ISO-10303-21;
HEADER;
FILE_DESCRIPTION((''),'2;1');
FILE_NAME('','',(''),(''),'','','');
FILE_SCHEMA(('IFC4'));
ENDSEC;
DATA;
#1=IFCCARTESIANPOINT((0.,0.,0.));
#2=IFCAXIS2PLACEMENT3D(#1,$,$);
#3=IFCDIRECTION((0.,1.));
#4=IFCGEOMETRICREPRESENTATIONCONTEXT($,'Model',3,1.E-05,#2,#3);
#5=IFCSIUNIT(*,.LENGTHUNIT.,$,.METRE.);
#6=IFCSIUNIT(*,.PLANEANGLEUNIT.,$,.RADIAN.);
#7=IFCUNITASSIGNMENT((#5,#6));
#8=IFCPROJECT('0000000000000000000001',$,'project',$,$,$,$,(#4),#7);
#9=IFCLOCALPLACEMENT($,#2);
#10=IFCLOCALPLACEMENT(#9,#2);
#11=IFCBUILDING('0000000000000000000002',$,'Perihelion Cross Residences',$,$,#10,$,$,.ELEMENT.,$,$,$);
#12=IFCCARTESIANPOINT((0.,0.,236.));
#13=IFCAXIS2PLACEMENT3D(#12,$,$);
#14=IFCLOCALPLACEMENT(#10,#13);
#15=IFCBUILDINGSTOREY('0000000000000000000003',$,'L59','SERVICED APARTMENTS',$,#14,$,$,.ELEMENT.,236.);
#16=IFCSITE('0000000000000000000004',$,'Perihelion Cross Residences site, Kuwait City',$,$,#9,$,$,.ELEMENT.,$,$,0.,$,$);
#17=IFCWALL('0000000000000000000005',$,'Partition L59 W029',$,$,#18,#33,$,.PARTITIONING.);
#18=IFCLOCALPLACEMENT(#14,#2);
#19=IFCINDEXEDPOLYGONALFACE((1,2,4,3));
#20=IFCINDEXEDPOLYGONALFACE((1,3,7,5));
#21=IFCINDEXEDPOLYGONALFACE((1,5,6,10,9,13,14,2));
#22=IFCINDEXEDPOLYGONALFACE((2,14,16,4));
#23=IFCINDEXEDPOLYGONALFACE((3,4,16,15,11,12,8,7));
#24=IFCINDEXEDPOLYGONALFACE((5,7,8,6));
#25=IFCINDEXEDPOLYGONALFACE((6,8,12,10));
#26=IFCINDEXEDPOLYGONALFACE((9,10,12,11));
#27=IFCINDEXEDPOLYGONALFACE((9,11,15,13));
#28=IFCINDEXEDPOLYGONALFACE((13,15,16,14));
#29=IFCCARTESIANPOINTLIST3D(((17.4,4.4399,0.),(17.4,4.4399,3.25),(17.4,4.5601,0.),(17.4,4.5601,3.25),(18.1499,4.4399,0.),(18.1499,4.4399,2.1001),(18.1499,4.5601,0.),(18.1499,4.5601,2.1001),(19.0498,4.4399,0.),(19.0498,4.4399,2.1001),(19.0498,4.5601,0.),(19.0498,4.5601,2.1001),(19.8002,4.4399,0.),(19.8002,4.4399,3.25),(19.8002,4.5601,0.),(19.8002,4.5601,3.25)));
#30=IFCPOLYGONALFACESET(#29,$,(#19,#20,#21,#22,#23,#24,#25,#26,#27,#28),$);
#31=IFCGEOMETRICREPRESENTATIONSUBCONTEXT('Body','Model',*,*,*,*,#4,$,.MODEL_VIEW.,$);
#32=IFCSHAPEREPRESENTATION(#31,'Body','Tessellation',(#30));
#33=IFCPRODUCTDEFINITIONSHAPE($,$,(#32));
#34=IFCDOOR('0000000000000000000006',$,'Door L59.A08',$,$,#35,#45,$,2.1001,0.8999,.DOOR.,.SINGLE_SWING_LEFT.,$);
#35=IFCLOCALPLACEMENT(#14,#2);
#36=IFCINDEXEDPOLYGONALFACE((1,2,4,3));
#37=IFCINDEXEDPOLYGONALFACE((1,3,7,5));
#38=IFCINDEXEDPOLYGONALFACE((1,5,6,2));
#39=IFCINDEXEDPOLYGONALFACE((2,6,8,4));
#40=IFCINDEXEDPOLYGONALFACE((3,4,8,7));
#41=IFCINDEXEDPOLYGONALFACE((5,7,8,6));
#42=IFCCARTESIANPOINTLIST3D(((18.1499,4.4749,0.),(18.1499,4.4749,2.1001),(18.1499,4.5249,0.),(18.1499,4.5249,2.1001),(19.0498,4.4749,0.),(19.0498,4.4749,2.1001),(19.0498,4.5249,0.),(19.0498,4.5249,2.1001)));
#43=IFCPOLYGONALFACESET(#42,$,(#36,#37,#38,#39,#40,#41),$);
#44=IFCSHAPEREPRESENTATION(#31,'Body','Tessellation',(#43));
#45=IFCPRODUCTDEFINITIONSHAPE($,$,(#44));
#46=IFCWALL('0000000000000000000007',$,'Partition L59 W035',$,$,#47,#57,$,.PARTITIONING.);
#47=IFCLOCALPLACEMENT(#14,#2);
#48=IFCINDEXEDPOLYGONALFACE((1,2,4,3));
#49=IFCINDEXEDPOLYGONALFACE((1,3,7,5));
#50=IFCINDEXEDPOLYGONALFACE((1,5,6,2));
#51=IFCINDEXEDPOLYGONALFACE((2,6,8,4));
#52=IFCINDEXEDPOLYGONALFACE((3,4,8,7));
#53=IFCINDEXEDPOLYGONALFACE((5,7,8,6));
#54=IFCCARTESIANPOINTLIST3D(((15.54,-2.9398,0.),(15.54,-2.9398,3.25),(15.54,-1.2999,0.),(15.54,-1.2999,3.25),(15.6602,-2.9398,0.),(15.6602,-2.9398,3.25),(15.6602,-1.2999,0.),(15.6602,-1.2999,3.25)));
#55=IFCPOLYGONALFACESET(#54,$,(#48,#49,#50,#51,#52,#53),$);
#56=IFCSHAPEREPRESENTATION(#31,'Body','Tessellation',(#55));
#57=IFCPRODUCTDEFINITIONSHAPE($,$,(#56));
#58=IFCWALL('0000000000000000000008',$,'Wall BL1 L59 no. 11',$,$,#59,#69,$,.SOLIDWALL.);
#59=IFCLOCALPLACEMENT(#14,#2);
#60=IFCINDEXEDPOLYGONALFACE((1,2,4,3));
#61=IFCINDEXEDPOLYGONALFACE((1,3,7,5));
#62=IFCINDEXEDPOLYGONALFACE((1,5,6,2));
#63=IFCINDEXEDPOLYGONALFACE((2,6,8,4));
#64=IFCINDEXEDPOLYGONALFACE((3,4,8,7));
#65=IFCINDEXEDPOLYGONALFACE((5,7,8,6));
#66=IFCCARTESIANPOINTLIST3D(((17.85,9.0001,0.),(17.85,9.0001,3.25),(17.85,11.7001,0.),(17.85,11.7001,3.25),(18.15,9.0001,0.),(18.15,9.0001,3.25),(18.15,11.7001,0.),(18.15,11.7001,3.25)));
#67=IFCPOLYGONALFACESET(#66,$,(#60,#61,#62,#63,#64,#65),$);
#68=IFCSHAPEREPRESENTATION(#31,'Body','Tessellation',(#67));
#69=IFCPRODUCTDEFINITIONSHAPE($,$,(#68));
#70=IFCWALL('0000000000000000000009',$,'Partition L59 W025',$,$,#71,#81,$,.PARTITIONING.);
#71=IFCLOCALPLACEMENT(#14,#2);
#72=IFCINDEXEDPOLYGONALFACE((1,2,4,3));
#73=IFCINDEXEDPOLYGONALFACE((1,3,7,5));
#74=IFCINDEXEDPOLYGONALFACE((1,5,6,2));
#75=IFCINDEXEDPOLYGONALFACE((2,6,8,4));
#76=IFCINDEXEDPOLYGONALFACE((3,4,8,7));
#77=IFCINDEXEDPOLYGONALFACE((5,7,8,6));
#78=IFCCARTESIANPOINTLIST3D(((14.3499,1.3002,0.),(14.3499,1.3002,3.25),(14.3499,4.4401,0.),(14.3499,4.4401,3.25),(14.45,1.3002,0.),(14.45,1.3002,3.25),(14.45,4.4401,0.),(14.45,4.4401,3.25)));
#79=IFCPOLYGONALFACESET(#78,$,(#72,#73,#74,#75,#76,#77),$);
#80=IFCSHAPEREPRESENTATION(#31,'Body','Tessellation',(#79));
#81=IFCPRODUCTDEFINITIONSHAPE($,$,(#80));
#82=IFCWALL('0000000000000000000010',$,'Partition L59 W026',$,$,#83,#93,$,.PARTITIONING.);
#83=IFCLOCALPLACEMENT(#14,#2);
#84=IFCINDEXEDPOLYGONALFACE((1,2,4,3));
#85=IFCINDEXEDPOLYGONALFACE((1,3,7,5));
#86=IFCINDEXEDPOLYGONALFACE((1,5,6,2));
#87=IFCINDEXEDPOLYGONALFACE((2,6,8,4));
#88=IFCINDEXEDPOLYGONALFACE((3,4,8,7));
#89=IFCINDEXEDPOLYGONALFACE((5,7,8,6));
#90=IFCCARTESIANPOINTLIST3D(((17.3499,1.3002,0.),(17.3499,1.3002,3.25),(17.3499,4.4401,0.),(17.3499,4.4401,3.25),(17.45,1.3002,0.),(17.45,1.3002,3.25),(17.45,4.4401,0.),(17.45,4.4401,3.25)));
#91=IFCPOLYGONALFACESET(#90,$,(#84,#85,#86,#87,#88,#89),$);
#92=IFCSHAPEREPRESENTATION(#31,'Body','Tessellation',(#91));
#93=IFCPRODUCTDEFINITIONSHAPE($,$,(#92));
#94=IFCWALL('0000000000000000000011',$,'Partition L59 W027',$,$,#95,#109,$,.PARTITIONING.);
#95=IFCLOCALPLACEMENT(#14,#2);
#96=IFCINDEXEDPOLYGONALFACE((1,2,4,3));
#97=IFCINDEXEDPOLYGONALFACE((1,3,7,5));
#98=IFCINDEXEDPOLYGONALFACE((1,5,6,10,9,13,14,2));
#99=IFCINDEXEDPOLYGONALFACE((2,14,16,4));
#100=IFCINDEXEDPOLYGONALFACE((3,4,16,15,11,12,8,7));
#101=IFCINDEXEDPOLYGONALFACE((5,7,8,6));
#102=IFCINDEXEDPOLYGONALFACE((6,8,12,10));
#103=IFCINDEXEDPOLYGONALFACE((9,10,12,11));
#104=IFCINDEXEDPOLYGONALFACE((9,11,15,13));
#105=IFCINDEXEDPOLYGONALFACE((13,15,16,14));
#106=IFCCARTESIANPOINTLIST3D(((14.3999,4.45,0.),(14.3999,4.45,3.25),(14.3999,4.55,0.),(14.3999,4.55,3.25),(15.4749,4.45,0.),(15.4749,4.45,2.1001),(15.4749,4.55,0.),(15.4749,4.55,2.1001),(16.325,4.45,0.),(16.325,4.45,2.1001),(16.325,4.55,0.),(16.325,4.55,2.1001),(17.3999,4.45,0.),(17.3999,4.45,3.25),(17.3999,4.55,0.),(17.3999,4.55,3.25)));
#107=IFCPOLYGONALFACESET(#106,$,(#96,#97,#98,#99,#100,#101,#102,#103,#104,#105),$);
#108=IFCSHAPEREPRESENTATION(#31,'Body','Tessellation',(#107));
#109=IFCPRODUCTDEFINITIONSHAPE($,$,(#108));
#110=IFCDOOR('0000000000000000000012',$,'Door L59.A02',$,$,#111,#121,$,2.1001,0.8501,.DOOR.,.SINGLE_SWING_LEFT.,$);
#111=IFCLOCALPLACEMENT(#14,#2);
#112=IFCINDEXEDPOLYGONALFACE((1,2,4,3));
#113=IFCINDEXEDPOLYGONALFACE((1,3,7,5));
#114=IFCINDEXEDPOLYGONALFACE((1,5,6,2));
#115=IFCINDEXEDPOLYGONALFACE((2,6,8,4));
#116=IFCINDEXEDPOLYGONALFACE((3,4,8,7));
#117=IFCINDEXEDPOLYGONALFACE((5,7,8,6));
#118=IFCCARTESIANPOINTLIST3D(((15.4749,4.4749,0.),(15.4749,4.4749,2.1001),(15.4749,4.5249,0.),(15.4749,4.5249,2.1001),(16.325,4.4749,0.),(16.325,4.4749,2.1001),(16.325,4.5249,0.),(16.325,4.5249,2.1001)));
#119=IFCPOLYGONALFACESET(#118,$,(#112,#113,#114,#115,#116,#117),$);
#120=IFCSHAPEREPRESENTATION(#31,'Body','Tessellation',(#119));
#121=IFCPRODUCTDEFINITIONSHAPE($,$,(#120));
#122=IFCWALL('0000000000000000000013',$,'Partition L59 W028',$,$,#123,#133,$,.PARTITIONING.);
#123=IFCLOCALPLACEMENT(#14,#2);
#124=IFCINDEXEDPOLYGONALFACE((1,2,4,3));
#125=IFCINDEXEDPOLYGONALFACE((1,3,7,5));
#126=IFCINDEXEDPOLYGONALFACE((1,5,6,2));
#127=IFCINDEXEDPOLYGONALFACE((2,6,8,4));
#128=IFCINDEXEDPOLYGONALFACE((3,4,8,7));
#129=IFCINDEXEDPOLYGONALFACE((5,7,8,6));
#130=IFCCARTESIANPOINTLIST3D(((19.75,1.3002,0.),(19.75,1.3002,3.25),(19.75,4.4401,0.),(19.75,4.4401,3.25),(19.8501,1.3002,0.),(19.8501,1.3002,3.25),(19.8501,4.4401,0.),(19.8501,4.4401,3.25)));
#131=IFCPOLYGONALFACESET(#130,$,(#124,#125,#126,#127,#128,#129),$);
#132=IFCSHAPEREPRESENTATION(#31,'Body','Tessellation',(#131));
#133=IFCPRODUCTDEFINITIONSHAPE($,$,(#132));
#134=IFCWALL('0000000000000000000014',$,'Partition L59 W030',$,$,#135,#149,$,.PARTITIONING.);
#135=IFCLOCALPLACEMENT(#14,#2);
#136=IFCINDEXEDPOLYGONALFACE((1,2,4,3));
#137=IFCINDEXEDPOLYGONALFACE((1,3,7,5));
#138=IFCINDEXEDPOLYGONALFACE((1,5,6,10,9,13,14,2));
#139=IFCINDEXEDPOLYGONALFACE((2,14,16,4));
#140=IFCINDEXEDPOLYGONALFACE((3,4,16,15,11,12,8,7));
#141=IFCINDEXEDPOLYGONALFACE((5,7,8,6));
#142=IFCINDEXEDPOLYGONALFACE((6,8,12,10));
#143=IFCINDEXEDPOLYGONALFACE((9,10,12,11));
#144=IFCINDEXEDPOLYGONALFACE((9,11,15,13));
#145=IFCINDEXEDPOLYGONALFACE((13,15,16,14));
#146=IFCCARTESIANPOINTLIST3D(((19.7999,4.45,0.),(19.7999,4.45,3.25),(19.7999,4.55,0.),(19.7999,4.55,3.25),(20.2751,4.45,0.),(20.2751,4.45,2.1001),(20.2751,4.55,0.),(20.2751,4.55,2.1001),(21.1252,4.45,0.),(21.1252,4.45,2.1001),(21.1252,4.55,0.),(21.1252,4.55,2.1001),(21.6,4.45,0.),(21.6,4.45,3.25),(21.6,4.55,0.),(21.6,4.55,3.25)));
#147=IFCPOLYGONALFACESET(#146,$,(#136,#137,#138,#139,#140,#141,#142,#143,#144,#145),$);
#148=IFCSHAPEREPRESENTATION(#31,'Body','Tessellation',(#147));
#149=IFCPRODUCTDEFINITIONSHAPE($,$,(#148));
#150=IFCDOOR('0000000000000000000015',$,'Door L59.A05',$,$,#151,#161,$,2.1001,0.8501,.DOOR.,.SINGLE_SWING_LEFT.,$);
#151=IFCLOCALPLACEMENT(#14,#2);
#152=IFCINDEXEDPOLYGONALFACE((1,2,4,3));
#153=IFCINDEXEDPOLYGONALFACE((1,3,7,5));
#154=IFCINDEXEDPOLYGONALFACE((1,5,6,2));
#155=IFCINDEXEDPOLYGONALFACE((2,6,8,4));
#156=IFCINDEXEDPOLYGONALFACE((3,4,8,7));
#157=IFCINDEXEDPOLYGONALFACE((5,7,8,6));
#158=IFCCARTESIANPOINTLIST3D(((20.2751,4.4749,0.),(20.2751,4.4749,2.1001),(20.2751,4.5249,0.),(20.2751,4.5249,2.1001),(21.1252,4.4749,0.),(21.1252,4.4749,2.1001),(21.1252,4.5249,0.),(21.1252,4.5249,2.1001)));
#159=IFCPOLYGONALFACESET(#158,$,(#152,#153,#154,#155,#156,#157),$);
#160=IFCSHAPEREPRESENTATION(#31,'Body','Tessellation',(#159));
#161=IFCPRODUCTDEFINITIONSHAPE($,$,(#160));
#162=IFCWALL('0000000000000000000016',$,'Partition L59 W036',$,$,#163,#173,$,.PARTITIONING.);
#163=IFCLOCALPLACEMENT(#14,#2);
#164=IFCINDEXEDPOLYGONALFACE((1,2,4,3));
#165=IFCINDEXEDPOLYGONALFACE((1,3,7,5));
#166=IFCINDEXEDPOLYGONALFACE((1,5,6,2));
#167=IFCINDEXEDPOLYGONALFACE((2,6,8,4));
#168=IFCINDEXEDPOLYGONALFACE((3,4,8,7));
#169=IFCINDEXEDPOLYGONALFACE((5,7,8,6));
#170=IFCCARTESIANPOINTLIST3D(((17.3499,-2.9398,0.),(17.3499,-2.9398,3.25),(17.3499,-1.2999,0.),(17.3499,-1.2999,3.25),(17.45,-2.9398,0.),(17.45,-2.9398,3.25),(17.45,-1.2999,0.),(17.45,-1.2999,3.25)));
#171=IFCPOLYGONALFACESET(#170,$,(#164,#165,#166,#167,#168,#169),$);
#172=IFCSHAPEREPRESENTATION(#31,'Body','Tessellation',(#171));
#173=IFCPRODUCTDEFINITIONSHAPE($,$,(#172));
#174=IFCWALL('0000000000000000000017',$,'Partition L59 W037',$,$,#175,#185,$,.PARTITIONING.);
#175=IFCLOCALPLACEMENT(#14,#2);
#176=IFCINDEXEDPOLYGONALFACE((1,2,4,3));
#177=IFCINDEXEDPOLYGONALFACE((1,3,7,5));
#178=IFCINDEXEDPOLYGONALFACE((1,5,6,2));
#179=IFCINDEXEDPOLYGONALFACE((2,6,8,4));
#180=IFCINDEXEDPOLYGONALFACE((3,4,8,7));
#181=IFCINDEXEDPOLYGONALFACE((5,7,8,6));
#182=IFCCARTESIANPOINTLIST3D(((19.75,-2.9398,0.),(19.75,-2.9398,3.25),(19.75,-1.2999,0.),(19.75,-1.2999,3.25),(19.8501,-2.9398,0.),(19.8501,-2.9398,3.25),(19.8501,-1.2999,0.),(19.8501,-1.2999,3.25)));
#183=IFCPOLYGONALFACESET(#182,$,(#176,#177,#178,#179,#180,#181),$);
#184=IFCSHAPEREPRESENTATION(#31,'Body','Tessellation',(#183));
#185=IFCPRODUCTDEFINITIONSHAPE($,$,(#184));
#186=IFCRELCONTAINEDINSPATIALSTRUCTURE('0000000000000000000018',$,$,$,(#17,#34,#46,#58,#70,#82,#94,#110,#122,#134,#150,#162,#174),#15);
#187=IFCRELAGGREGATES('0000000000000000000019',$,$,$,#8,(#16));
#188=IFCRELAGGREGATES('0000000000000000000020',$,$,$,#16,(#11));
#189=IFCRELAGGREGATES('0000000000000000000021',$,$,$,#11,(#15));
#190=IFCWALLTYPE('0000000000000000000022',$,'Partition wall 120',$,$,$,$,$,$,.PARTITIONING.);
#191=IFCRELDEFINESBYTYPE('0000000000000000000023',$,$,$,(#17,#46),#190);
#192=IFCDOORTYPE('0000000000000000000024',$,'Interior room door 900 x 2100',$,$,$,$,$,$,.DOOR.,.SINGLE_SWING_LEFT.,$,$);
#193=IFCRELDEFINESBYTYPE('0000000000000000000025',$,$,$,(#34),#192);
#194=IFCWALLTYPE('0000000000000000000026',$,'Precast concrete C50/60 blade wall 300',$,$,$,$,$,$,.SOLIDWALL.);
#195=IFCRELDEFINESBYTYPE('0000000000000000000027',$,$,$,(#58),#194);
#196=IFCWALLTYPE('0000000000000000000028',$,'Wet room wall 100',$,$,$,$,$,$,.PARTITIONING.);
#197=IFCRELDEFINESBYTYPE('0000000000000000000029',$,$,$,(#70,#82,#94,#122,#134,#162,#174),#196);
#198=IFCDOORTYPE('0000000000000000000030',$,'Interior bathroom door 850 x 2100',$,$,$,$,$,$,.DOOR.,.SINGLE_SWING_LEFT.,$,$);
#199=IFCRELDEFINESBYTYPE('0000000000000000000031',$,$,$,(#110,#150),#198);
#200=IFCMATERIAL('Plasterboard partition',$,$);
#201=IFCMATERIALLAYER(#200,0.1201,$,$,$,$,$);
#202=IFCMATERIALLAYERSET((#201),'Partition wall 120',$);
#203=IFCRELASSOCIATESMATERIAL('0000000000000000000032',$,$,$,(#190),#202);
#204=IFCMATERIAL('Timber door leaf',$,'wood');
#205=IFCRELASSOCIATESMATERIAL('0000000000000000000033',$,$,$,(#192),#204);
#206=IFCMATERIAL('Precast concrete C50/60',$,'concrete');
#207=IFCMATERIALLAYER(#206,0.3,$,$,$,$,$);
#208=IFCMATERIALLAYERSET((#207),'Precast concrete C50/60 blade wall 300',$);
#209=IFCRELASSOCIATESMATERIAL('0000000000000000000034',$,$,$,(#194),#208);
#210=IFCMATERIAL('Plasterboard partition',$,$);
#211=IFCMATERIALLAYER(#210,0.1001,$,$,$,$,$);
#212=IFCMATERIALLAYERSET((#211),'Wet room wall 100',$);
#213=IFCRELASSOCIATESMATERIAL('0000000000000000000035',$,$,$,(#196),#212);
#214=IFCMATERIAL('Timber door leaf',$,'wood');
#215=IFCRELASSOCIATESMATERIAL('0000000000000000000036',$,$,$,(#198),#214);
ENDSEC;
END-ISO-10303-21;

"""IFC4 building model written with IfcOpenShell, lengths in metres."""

from ifc_helpers import new_model, si_unit, direction, frame, frame_2d, origin, place, context, subcontext, project, spatial, rectangle, extrude, material, layer, layer_set, type_object, element, fill, save


model = new_model("IFC4")

# Units and contexts
model_context = context("Model", 3, precision=1e-05, world=origin(), true_north=direction((0.0, 1.0)))
body_context = subcontext(model_context, "Body", "Model", "MODEL_VIEW")
ifc_project = project(units=[si_unit("LENGTHUNIT", "METRE"), si_unit("PLANEANGLEUNIT", "RADIAN")], contexts=[model_context])

# Site, building, storey
site_placement = place(None, origin())
site = spatial("IfcSite", under=ifc_project, at=site_placement, Name="Perihelion Cross Residences site, Kuwait City", CompositionType="ELEMENT", RefElevation=0.0)
building_placement = place(site_placement, origin())
building = spatial("IfcBuilding", under=site, at=building_placement, Name="Perihelion Cross Residences", CompositionType="ELEMENT")
storey_placement = place(building_placement, frame((0.0, 0.0, 236.0)))
storey = spatial("IfcBuildingStorey", under=building, at=storey_placement, Name="L59", Description="SERVICED APARTMENTS", CompositionType="ELEMENT", Elevation=236.0)

# Wall, opening, door
ifc_material_1 = material(Name="Plasterboard partition")
ifc_layer_1 = layer(ifc_material_1, 0.1201)
ifc_layer_set_1 = layer_set([ifc_layer_1], Name="Partition wall 120")
wall_type_1 = type_object("IfcWallType", Name="Partition wall 120", PredefinedType="PARTITIONING", material=ifc_layer_set_1)
wall_1_placement = place(storey_placement, frame((17.3999, 4.5, 0.0), z_axis=(0.0, 0.0, 1.0), x_axis=(1.0, 0.0, 0.0)))
wall_1 = element("IfcWall", 1, at=wall_1_placement, inside=storey, type_object=wall_type_1, Name="Partition L59 W029", PredefinedType="PARTITIONING", context=body_context, shape_type="SweptSolid", body=[
    extrude(rectangle(XDim=2.4001, YDim=0.1201, at=frame_2d((1.2002, 0.0))), origin(), (0.0, 0.0, 1.0), 3.25),
])
opening_1_placement = place(wall_1_placement, frame((0.75, 0.0, 0.0)))
opening_1 = element("IfcOpeningElement", 2, at=opening_1_placement, cuts=wall_1, PredefinedType="OPENING", context=body_context, shape_type="SweptSolid", body=[
    extrude(rectangle(XDim=0.8999, YDim=2.1001, at=frame_2d((0.45, 1.05))), frame((0.0, 0.0701, 0.0), z_axis=(0.0, -1.0, 0.0), x_axis=(1.0, 0.0, 0.0)), (0.0, 0.0, 1.0), 0.1401),
])
ifc_material_2 = material(Name="Timber door leaf", Category="wood")
door_type_1 = type_object("IfcDoorType", Name="Interior room door 900 x 2100", OperationType="SINGLE_SWING_LEFT", PredefinedType="DOOR", material=ifc_material_2)
door_1_placement = place(opening_1_placement, origin())
door_1 = element("IfcDoor", 3, at=door_1_placement, inside=storey, type_object=door_type_1, Name="Door L59.A08", OperationType="SINGLE_SWING_LEFT", OverallHeight=2.1001, OverallWidth=0.8999, PredefinedType="DOOR", context=body_context, shape_type="SweptSolid", body=[
    extrude(rectangle(XDim=0.8999, YDim=2.1001, at=frame_2d((0.45, 1.05))), frame((0.0, 0.0249, 0.0), z_axis=(0.0, -1.0, 0.0), x_axis=(1.0, 0.0, 0.0)), (0.0, 0.0, 1.0), 0.05),
])
fill(opening_1, door_1)

# Walls
wall_2_placement = place(storey_placement, frame((15.6001, -1.3, 0.0), z_axis=(0.0, 0.0, 1.0), x_axis=(0.0, -1.0, 0.0)))
element("IfcWall", 4, at=wall_2_placement, inside=storey, type_object=wall_type_1, Name="Partition L59 W035", PredefinedType="PARTITIONING", context=body_context, shape_type="SweptSolid", body=[
    extrude(rectangle(XDim=1.6399, YDim=0.1201, at=frame_2d((0.8198, 0.0))), origin(), (0.0, 0.0, 1.0), 3.25),
])
ifc_material_3 = material(Name="Precast concrete C50/60", Category="concrete")
ifc_layer_2 = layer(ifc_material_3, 0.3)
ifc_layer_set_2 = layer_set([ifc_layer_2], Name="Precast concrete C50/60 blade wall 300")
wall_type_2 = type_object("IfcWallType", Name="Precast concrete C50/60 blade wall 300", PredefinedType="SOLIDWALL", material=ifc_layer_set_2)
wall_3_placement = place(storey_placement, frame((18.0, 9.0, 0.0), z_axis=(0.0, 0.0, 1.0), x_axis=(0.0, 1.0, 0.0)))
element("IfcWall", 5, at=wall_3_placement, inside=storey, type_object=wall_type_2, Name="Wall BL1 L59 no. 11", PredefinedType="SOLIDWALL", context=body_context, shape_type="SweptSolid", body=[
    extrude(rectangle(XDim=2.7, YDim=0.3, at=frame_2d((1.3501, 0.0))), origin(), (0.0, 0.0, 1.0), 3.25),
])
ifc_material_4 = material(Name="Plasterboard partition")
ifc_layer_3 = layer(ifc_material_4, 0.1001)
ifc_layer_set_3 = layer_set([ifc_layer_3], Name="Wet room wall 100")
wall_type_3 = type_object("IfcWallType", Name="Wet room wall 100", PredefinedType="PARTITIONING", material=ifc_layer_set_3)
for number, where, z_axis, x_axis, name in (
    (6, (14.3999, 4.4399, 0.0), (0.0, 0.0, 1.0), (0.0, -1.0, 0.0), "Partition L59 W025"),
    (7, (17.3999, 4.4399, 0.0), (0.0, 0.0, 1.0), (0.0, -1.0, 0.0), "Partition L59 W026"),
):
    element("IfcWall", number, at=place(storey_placement, frame(where, z_axis=z_axis, x_axis=x_axis)), inside=storey, type_object=wall_type_3, Name=name, PredefinedType="PARTITIONING", context=body_context, shape_type="SweptSolid", body=[
        extrude(rectangle(XDim=3.1399, YDim=0.1001, at=frame_2d((1.5698, 0.0))), origin(), (0.0, 0.0, 1.0), 3.25),
    ])

# Wall, opening, door
wall_4_placement = place(storey_placement, frame((14.3999, 4.5, 0.0), z_axis=(0.0, 0.0, 1.0), x_axis=(1.0, 0.0, 0.0)))
wall_4 = element("IfcWall", 8, at=wall_4_placement, inside=storey, type_object=wall_type_3, Name="Partition L59 W027", PredefinedType="PARTITIONING", context=body_context, shape_type="SweptSolid", body=[
    extrude(rectangle(XDim=3.0, YDim=0.1001, at=frame_2d((1.5, 0.0))), origin(), (0.0, 0.0, 1.0), 3.25),
])
opening_2_placement = place(wall_4_placement, frame((1.075, 0.0, 0.0)))
opening_2 = element("IfcOpeningElement", 9, at=opening_2_placement, cuts=wall_4, PredefinedType="OPENING", context=body_context, shape_type="SweptSolid", body=[
    extrude(rectangle(XDim=0.8501, YDim=2.1001, at=frame_2d((0.425, 1.05))), frame((0.0, 0.0601, 0.0), z_axis=(0.0, -1.0, 0.0), x_axis=(1.0, 0.0, 0.0)), (0.0, 0.0, 1.0), 0.1201),
])
ifc_material_5 = material(Name="Timber door leaf", Category="wood")
door_type_2 = type_object("IfcDoorType", Name="Interior bathroom door 850 x 2100", OperationType="SINGLE_SWING_LEFT", PredefinedType="DOOR", material=ifc_material_5)
door_2_placement = place(opening_2_placement, origin())
door_2 = element("IfcDoor", 10, at=door_2_placement, inside=storey, type_object=door_type_2, Name="Door L59.A02", OperationType="SINGLE_SWING_LEFT", OverallHeight=2.1001, OverallWidth=0.8501, PredefinedType="DOOR", context=body_context, shape_type="SweptSolid", body=[
    extrude(rectangle(XDim=0.8501, YDim=2.1001, at=frame_2d((0.425, 1.05))), frame((0.0, 0.0249, 0.0), z_axis=(0.0, -1.0, 0.0), x_axis=(1.0, 0.0, 0.0)), (0.0, 0.0, 1.0), 0.05),
])
fill(opening_2, door_2)

# Wall
wall_5_placement = place(storey_placement, frame((19.8, 4.4399, 0.0), z_axis=(0.0, 0.0, 1.0), x_axis=(0.0, -1.0, 0.0)))
element("IfcWall", 11, at=wall_5_placement, inside=storey, type_object=wall_type_3, Name="Partition L59 W028", PredefinedType="PARTITIONING", context=body_context, shape_type="SweptSolid", body=[
    extrude(rectangle(XDim=3.1399, YDim=0.1001, at=frame_2d((1.5698, 0.0))), origin(), (0.0, 0.0, 1.0), 3.25),
])

# Wall, opening, door
wall_6_placement = place(storey_placement, frame((19.8, 4.5, 0.0), z_axis=(0.0, 0.0, 1.0), x_axis=(1.0, 0.0, 0.0)))
wall_6 = element("IfcWall", 12, at=wall_6_placement, inside=storey, type_object=wall_type_3, Name="Partition L59 W030", PredefinedType="PARTITIONING", context=body_context, shape_type="SweptSolid", body=[
    extrude(rectangle(XDim=1.8, YDim=0.1001, at=frame_2d((0.8999, 0.0))), origin(), (0.0, 0.0, 1.0), 3.25),
])
opening_3_placement = place(wall_6_placement, frame((0.4751, 0.0, 0.0)))
opening_3 = element("IfcOpeningElement", 13, at=opening_3_placement, cuts=wall_6, PredefinedType="OPENING", context=body_context, shape_type="SweptSolid", body=[
    extrude(rectangle(XDim=0.8501, YDim=2.1001, at=frame_2d((0.425, 1.05))), frame((0.0, 0.0601, 0.0), z_axis=(0.0, -1.0, 0.0), x_axis=(1.0, 0.0, 0.0)), (0.0, 0.0, 1.0), 0.1201),
])
door_3_placement = place(opening_3_placement, origin())
door_3 = element("IfcDoor", 14, at=door_3_placement, inside=storey, type_object=door_type_2, Name="Door L59.A05", OperationType="SINGLE_SWING_LEFT", OverallHeight=2.1001, OverallWidth=0.8501, PredefinedType="DOOR", context=body_context, shape_type="SweptSolid", body=[
    extrude(rectangle(XDim=0.8501, YDim=2.1001, at=frame_2d((0.425, 1.05))), frame((0.0, 0.0249, 0.0), z_axis=(0.0, -1.0, 0.0), x_axis=(1.0, 0.0, 0.0)), (0.0, 0.0, 1.0), 0.05),
])
fill(opening_3, door_3)

# Walls
for number, where, z_axis, x_axis, name in (
    (15, (17.3999, -1.3, 0.0), (0.0, 0.0, 1.0), (0.0, -1.0, 0.0), "Partition L59 W036"),
    (16, (19.8, -1.3, 0.0), (0.0, 0.0, 1.0), (0.0, -1.0, 0.0), "Partition L59 W037"),
):
    element("IfcWall", number, at=place(storey_placement, frame(where, z_axis=z_axis, x_axis=x_axis)), inside=storey, type_object=wall_type_3, Name=name, PredefinedType="PARTITIONING", context=body_context, shape_type="SweptSolid", body=[
        extrude(rectangle(XDim=1.6399, YDim=0.1001, at=frame_2d((0.8198, 0.0))), origin(), (0.0, 0.0, 1.0), 3.25),
    ])

save(model, "model.ifc")
